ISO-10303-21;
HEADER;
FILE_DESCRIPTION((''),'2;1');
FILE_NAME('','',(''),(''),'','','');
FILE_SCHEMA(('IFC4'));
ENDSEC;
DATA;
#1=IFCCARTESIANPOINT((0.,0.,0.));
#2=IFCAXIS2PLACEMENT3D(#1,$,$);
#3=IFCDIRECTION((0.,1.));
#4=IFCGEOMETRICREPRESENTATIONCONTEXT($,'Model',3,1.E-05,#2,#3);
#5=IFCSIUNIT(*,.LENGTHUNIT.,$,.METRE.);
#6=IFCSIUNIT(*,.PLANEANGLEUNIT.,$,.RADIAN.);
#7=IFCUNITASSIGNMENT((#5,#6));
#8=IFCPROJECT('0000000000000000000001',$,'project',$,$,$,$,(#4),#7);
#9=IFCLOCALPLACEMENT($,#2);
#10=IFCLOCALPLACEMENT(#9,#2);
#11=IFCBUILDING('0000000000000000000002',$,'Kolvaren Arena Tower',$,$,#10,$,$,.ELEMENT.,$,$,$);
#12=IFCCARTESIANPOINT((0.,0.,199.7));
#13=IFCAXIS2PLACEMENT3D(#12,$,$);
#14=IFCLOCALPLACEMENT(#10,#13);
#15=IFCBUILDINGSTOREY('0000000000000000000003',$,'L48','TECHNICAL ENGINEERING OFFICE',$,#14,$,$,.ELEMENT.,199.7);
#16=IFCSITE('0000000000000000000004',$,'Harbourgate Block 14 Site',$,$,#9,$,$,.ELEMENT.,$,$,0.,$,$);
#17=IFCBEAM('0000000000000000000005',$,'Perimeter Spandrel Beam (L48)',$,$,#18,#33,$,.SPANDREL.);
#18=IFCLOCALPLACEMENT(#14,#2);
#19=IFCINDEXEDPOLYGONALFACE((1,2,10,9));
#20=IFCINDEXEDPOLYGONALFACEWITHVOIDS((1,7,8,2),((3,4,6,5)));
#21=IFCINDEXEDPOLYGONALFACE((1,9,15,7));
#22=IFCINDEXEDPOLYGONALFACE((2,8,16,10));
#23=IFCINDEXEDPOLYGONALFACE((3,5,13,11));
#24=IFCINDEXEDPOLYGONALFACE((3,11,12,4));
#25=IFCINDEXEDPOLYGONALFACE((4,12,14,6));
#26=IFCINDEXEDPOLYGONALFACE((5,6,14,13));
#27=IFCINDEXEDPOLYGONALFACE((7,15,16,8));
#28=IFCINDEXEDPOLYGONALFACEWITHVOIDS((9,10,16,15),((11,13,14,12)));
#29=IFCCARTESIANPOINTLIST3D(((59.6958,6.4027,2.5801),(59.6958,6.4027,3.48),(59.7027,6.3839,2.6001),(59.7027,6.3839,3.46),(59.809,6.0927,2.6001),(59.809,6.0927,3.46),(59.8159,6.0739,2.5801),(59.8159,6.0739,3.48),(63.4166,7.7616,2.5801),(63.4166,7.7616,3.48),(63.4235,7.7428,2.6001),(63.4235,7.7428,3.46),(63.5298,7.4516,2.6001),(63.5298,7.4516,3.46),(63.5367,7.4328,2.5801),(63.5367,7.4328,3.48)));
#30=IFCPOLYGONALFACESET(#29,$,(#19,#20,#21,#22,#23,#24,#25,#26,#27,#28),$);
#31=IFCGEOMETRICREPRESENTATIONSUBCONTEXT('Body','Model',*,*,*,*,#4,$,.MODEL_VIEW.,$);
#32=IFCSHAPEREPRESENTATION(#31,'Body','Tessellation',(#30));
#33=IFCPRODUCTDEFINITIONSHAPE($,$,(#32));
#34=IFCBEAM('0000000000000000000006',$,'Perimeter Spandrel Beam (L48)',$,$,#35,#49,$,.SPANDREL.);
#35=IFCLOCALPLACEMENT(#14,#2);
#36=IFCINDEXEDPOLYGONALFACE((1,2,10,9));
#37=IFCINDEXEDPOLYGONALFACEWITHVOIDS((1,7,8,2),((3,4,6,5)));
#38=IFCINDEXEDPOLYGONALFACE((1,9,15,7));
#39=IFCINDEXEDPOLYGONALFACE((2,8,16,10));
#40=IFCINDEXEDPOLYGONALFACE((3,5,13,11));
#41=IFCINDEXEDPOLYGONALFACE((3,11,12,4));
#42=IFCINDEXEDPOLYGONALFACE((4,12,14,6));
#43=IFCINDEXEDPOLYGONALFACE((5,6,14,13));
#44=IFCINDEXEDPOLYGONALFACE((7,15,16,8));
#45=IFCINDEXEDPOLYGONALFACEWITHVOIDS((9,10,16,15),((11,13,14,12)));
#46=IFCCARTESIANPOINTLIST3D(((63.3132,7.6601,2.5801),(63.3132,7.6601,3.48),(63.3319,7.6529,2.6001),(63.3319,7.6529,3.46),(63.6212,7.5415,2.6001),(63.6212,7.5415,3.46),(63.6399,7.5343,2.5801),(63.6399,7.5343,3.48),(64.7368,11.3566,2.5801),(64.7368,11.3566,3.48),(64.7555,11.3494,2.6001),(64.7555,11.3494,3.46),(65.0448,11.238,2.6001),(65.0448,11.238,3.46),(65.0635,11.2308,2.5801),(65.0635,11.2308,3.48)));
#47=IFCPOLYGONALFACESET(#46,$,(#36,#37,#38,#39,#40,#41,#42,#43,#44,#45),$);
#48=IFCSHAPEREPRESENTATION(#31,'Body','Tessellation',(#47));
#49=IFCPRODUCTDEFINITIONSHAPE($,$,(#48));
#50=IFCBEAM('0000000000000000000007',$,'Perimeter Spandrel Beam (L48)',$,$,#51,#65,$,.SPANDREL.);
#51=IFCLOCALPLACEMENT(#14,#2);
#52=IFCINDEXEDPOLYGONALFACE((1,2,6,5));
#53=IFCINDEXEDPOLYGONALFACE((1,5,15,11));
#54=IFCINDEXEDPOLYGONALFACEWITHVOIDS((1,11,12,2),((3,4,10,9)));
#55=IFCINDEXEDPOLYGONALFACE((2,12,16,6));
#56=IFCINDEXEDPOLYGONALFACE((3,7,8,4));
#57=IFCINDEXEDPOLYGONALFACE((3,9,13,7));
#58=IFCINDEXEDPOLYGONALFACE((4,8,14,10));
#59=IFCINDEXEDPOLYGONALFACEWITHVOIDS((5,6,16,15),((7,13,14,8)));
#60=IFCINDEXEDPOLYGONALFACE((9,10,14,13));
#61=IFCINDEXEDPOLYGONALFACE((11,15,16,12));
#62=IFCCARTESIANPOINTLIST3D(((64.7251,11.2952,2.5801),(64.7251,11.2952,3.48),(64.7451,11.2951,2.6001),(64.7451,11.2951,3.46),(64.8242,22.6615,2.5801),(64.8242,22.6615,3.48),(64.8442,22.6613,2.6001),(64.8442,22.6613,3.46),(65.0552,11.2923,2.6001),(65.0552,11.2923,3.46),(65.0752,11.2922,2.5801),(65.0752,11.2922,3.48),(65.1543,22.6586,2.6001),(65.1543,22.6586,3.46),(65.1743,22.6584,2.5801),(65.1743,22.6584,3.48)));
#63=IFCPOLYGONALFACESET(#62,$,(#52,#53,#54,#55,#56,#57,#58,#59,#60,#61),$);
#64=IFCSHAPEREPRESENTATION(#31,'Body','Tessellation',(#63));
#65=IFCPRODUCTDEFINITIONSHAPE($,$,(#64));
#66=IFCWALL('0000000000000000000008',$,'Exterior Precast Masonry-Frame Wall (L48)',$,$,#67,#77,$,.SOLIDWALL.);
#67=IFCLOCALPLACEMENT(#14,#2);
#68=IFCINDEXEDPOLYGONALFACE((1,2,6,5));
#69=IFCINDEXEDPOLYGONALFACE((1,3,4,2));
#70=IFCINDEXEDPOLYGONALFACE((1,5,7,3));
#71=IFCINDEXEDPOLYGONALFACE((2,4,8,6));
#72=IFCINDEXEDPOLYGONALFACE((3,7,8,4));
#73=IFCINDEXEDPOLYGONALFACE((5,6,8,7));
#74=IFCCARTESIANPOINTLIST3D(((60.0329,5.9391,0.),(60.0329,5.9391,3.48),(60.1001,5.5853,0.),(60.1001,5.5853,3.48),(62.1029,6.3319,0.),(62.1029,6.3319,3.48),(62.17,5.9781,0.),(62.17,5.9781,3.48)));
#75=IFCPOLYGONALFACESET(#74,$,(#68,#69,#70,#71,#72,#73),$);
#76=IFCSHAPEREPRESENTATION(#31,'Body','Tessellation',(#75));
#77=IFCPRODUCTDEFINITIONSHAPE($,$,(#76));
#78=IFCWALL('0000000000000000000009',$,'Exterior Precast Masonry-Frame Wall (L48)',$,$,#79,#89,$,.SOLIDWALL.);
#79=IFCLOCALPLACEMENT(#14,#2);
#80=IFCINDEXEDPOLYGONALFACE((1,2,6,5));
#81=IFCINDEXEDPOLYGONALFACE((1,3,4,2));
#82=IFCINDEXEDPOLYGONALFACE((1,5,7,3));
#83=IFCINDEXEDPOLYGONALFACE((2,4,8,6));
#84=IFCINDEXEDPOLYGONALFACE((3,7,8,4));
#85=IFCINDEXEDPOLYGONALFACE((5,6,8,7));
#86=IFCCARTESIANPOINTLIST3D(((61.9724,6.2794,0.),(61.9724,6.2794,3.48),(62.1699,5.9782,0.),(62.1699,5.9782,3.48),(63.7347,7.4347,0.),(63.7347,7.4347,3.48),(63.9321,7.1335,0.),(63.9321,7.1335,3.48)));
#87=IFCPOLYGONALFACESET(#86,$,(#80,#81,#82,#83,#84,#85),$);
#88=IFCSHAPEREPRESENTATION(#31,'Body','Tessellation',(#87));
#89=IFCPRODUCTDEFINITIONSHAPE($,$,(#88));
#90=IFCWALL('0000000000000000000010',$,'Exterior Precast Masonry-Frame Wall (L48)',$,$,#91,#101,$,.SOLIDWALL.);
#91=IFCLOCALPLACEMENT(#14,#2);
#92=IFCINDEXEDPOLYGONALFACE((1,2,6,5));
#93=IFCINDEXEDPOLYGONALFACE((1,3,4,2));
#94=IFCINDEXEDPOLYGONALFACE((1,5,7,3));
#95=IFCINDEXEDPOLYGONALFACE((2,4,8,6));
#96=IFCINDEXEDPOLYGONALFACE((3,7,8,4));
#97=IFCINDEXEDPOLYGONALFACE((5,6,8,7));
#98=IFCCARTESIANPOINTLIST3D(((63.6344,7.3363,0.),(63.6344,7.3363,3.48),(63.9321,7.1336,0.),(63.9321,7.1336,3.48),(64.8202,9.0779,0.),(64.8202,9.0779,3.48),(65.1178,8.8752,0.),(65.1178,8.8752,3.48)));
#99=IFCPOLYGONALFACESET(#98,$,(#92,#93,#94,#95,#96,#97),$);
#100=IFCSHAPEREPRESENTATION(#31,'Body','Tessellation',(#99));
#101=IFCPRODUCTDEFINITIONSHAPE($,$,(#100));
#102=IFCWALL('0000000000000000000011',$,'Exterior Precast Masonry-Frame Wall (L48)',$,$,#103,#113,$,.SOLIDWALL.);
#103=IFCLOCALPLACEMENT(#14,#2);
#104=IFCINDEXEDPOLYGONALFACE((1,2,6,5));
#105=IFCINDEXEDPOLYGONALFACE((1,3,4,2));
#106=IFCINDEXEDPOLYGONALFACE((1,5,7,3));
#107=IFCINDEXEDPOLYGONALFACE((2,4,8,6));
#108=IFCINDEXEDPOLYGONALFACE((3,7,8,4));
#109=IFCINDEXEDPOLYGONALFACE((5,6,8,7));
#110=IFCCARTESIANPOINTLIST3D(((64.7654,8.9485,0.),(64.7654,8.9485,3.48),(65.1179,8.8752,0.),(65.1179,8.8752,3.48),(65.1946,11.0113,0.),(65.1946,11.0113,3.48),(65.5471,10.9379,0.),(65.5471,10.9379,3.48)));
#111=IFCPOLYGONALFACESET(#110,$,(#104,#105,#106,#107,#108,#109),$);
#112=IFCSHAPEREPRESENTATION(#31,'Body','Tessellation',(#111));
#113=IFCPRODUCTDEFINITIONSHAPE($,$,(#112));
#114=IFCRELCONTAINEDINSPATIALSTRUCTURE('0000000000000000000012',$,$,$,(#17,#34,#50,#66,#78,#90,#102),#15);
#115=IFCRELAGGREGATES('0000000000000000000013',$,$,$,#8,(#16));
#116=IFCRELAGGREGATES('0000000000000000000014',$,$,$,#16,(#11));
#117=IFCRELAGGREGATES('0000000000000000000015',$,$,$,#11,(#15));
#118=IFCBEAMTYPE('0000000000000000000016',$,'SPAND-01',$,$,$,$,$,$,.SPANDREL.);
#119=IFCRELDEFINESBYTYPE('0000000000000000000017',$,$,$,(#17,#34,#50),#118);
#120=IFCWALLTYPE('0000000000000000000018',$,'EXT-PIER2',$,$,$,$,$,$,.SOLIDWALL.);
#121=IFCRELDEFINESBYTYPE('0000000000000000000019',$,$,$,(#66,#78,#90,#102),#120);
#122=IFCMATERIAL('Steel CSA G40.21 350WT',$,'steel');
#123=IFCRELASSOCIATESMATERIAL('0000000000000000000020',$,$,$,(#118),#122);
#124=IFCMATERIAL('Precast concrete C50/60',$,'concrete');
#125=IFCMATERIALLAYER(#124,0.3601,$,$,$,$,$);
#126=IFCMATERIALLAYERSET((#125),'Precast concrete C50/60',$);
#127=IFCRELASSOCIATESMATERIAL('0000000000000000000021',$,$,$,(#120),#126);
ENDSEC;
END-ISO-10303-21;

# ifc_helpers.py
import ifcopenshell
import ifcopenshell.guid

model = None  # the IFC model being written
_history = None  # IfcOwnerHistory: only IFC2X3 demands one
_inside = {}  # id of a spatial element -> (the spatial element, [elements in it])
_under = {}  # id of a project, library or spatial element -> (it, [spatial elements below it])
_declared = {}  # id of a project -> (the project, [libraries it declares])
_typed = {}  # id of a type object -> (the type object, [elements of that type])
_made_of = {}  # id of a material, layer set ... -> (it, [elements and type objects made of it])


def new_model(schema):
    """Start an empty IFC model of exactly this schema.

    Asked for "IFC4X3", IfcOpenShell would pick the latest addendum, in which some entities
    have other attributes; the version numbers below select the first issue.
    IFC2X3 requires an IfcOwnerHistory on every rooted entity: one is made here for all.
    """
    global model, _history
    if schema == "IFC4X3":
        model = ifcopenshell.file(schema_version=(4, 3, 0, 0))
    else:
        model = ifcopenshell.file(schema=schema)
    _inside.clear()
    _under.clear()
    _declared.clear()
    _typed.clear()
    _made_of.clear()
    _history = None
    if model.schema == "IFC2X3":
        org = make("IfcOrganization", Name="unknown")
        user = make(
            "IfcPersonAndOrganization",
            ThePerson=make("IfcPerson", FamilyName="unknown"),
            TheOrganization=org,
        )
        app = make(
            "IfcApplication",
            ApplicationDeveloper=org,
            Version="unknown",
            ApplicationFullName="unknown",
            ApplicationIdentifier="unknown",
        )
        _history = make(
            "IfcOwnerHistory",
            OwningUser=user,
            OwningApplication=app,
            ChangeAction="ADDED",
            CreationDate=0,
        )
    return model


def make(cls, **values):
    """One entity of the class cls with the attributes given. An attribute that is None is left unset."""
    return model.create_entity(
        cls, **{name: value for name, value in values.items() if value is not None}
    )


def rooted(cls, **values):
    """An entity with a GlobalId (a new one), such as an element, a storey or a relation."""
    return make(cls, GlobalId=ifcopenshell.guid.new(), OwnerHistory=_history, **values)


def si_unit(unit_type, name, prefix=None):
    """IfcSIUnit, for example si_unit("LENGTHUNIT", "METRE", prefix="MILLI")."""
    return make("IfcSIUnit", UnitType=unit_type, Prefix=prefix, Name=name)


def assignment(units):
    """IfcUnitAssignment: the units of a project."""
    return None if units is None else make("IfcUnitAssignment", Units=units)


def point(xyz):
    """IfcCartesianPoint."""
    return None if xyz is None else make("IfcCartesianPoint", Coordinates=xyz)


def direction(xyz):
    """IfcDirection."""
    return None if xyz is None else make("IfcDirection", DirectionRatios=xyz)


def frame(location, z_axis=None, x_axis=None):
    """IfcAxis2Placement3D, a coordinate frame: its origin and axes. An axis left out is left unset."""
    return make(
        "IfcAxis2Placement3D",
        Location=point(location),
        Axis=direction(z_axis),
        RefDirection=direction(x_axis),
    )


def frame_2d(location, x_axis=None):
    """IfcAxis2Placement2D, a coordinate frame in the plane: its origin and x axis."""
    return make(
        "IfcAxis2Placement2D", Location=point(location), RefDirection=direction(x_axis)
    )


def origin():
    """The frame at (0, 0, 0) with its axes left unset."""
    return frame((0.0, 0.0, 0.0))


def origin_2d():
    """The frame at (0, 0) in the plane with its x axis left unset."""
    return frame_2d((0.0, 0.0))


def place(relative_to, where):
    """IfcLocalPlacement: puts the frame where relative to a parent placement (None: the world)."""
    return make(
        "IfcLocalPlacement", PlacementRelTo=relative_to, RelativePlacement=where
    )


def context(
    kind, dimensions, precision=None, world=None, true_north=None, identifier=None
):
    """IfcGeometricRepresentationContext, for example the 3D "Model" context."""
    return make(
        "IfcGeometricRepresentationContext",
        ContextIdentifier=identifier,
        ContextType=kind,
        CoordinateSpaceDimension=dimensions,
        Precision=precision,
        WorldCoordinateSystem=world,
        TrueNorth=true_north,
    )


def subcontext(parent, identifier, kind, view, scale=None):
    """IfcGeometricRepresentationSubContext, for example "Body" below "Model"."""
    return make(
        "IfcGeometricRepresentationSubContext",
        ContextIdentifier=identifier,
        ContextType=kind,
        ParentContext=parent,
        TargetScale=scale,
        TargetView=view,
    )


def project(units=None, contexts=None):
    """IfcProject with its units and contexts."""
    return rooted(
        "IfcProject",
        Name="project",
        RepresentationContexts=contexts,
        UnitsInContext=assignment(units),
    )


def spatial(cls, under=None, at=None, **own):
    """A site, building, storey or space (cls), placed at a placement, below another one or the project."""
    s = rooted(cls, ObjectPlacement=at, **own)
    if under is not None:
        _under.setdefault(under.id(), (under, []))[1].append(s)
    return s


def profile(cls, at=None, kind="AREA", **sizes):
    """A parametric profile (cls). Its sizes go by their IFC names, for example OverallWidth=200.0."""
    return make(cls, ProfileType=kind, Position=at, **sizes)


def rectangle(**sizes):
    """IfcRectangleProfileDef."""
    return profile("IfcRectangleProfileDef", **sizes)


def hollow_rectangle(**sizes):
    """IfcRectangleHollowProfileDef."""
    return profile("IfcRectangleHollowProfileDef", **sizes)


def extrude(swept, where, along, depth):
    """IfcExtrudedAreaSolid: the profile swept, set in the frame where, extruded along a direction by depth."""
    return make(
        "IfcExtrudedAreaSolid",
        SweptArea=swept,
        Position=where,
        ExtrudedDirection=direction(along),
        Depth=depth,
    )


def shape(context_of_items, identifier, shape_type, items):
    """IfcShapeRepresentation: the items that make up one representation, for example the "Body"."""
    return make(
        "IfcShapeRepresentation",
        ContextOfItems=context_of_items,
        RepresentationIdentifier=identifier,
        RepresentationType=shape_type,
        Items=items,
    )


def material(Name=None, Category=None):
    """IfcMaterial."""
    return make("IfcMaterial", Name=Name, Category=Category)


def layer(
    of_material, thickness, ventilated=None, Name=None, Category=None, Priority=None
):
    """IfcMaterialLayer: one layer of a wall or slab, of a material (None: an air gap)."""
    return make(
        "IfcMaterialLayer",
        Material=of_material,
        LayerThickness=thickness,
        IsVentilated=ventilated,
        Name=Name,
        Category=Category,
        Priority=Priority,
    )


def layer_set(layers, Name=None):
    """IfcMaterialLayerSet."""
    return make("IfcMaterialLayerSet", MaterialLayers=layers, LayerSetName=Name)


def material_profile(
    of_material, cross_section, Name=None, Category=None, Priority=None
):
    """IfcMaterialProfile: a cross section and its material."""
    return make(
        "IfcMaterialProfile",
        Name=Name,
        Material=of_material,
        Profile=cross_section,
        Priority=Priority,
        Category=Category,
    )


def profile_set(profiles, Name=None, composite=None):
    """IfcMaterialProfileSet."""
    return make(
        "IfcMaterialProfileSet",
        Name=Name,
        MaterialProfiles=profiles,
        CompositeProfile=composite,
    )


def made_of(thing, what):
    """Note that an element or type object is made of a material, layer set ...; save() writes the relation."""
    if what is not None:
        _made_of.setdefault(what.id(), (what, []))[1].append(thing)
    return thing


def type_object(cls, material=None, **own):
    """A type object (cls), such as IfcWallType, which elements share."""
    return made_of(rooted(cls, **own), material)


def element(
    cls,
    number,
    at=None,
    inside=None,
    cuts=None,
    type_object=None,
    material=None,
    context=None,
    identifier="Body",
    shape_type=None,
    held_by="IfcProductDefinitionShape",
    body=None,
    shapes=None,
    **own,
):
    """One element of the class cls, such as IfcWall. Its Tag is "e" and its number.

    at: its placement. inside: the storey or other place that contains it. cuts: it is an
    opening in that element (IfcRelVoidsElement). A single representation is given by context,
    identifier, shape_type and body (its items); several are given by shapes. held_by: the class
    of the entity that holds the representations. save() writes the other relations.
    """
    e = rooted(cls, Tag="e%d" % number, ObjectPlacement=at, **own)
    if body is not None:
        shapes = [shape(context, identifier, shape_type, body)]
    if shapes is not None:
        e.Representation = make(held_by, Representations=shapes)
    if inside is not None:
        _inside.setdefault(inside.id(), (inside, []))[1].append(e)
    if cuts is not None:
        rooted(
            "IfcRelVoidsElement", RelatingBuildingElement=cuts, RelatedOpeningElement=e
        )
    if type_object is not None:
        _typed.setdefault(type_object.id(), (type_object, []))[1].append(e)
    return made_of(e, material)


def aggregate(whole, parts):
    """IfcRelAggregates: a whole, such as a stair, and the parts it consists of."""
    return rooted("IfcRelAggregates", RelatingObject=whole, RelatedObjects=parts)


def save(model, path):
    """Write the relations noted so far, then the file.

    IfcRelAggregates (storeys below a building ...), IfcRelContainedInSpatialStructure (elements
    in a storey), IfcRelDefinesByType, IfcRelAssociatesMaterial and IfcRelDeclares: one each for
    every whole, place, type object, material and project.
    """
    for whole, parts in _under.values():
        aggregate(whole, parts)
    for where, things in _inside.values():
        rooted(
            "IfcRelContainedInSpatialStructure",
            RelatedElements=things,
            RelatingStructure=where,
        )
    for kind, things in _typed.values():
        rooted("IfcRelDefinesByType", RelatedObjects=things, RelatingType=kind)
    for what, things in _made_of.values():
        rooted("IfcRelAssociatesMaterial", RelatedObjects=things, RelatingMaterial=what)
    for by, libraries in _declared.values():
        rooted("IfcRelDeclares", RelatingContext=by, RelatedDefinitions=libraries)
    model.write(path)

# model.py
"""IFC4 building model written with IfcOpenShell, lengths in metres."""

from ifc_helpers import new_model, si_unit, direction, frame, frame_2d, origin, origin_2d, place, context, subcontext, project, spatial, rectangle, hollow_rectangle, extrude, material, layer, layer_set, material_profile, profile_set, type_object, element, save


model = new_model("IFC4")

# Units and contexts
model_context = context("Model", 3, precision=1e-05, world=origin(), true_north=direction((0.0, 1.0)))
body_context = subcontext(model_context, "Body", "Model", "MODEL_VIEW")
ifc_project = project(units=[si_unit("LENGTHUNIT", "METRE"), si_unit("PLANEANGLEUNIT", "RADIAN")], contexts=[model_context])

# Site, building, storey
site_placement = place(None, origin())
site = spatial("IfcSite", under=ifc_project, at=site_placement, Name="Harbourgate Block 14 Site", CompositionType="ELEMENT", RefElevation=0.0)
building_placement = place(site_placement, origin())
building = spatial("IfcBuilding", under=site, at=building_placement, Name="Kolvaren Arena Tower", CompositionType="ELEMENT")
storey_placement = place(building_placement, frame((0.0, 0.0, 199.7)))
storey = spatial("IfcBuildingStorey", under=building, at=storey_placement, Name="L48", Description="TECHNICAL ENGINEERING OFFICE", CompositionType="ELEMENT", Elevation=199.7)

# Beams
ifc_material_1 = material(Name="Steel CSA G40.21 350WT", Category="steel")
ifc_material_profile_1 = material_profile(ifc_material_1, hollow_rectangle(XDim=0.3501, YDim=0.8999, WallThickness=0.02, at=origin_2d()), Name="HSS 900x350x20")
ifc_profile_set_1 = profile_set([ifc_material_profile_1], Name="Steel CSA G40.21 350WT")
beam_type_1 = type_object("IfcBeamType", Name="SPAND-01", PredefinedType="SPANDREL", material=ifc_profile_set_1)
for number, where, z_axis, x_axis, name in (
    (1, (59.7559, 6.2383, 3.03), (0.939314, 0.343059, 0.0), (-0.343059, 0.939314, 0.0), "Perimeter Spandrel Beam (L48)"),
    (2, (63.4766, 7.5972, 3.03), (0.359384, 0.93319, 0.0), (-0.93319, 0.359384, 0.0), "Perimeter Spandrel Beam (L48)"),
):
    element("IfcBeam", number, at=place(storey_placement, frame(where, z_axis=z_axis, x_axis=x_axis)), inside=storey, type_object=beam_type_1, Name=name, PredefinedType="SPANDREL", context=body_context, shape_type="SweptSolid", body=[
        extrude(hollow_rectangle(XDim=0.3501, YDim=0.8999, WallThickness=0.02, at=origin_2d()), origin(), (0.0, 0.0, 1.0), 3.9612),
    ])
beam_1_placement = place(storey_placement, frame((64.9001, 11.2937, 3.03), z_axis=(0.00872, 0.999962, 0.0), x_axis=(-0.999962, 0.00872, 0.0)))
element("IfcBeam", 3, at=beam_1_placement, inside=storey, type_object=beam_type_1, Name="Perimeter Spandrel Beam (L48)", PredefinedType="SPANDREL", context=body_context, shape_type="SweptSolid", body=[
    extrude(hollow_rectangle(XDim=0.3501, YDim=0.8999, WallThickness=0.02, at=origin_2d()), origin(), (0.0, 0.0, 1.0), 11.3667),
])

# Walls
ifc_material_2 = material(Name="Precast concrete C50/60", Category="concrete")
ifc_layer_1 = layer(ifc_material_2, 0.3601)
ifc_layer_set_1 = layer_set([ifc_layer_1], Name="Precast concrete C50/60")
wall_type_1 = type_object("IfcWallType", Name="EXT-PIER2", PredefinedType="SOLIDWALL", material=ifc_layer_set_1)
wall_1_placement = place(storey_placement, frame((62.1365, 6.155, 0.0), z_axis=(0.0, 0.0, 1.0), x_axis=(-0.982467, -0.186436, 0.0)))
element("IfcWall", 4, at=wall_1_placement, inside=storey, type_object=wall_type_1, Name="Exterior Precast Masonry-Frame Wall (L48)", PredefinedType="SOLIDWALL", context=body_context, shape_type="SweptSolid", body=[
    extrude(rectangle(XDim=2.1069, YDim=0.3601, at=frame_2d((1.0535, 0.0))), origin(), (0.0, 0.0, 1.0), 3.48),
])
wall_2_placement = place(storey_placement, frame((63.8335, 7.2842, 0.0), z_axis=(0.0, 0.0, 1.0), x_axis=(-0.836304, -0.548267, 0.0)))
element("IfcWall", 5, at=wall_2_placement, inside=storey, type_object=wall_type_1, Name="Exterior Precast Masonry-Frame Wall (L48)", PredefinedType="SOLIDWALL", context=body_context, shape_type="SweptSolid", body=[
    extrude(rectangle(XDim=2.1072, YDim=0.3601, at=frame_2d((1.0537, 0.0))), origin(), (0.0, 0.0, 1.0), 3.48),
])
for number, where, z_axis, x_axis, name in (
    (6, (64.969, 8.9766, 0.0), (0.0, 0.0, 1.0), (-0.562776, -0.82661, 0.0), "Exterior Precast Masonry-Frame Wall (L48)"),
    (7, (65.3708, 10.9746, 0.0), (0.0, 0.0, 1.0), (-0.203709, -0.979031, 0.0), "Exterior Precast Masonry-Frame Wall (L48)"),
):
    element("IfcWall", number, at=place(storey_placement, frame(where, z_axis=z_axis, x_axis=x_axis)), inside=storey, type_object=wall_type_1, Name=name, PredefinedType="SOLIDWALL", context=body_context, shape_type="SweptSolid", body=[
        extrude(rectangle(XDim=2.1069, YDim=0.3601, at=frame_2d((1.0535, 0.0))), origin(), (0.0, 0.0, 1.0), 3.48),
    ])

save(model, "model.ifc")
